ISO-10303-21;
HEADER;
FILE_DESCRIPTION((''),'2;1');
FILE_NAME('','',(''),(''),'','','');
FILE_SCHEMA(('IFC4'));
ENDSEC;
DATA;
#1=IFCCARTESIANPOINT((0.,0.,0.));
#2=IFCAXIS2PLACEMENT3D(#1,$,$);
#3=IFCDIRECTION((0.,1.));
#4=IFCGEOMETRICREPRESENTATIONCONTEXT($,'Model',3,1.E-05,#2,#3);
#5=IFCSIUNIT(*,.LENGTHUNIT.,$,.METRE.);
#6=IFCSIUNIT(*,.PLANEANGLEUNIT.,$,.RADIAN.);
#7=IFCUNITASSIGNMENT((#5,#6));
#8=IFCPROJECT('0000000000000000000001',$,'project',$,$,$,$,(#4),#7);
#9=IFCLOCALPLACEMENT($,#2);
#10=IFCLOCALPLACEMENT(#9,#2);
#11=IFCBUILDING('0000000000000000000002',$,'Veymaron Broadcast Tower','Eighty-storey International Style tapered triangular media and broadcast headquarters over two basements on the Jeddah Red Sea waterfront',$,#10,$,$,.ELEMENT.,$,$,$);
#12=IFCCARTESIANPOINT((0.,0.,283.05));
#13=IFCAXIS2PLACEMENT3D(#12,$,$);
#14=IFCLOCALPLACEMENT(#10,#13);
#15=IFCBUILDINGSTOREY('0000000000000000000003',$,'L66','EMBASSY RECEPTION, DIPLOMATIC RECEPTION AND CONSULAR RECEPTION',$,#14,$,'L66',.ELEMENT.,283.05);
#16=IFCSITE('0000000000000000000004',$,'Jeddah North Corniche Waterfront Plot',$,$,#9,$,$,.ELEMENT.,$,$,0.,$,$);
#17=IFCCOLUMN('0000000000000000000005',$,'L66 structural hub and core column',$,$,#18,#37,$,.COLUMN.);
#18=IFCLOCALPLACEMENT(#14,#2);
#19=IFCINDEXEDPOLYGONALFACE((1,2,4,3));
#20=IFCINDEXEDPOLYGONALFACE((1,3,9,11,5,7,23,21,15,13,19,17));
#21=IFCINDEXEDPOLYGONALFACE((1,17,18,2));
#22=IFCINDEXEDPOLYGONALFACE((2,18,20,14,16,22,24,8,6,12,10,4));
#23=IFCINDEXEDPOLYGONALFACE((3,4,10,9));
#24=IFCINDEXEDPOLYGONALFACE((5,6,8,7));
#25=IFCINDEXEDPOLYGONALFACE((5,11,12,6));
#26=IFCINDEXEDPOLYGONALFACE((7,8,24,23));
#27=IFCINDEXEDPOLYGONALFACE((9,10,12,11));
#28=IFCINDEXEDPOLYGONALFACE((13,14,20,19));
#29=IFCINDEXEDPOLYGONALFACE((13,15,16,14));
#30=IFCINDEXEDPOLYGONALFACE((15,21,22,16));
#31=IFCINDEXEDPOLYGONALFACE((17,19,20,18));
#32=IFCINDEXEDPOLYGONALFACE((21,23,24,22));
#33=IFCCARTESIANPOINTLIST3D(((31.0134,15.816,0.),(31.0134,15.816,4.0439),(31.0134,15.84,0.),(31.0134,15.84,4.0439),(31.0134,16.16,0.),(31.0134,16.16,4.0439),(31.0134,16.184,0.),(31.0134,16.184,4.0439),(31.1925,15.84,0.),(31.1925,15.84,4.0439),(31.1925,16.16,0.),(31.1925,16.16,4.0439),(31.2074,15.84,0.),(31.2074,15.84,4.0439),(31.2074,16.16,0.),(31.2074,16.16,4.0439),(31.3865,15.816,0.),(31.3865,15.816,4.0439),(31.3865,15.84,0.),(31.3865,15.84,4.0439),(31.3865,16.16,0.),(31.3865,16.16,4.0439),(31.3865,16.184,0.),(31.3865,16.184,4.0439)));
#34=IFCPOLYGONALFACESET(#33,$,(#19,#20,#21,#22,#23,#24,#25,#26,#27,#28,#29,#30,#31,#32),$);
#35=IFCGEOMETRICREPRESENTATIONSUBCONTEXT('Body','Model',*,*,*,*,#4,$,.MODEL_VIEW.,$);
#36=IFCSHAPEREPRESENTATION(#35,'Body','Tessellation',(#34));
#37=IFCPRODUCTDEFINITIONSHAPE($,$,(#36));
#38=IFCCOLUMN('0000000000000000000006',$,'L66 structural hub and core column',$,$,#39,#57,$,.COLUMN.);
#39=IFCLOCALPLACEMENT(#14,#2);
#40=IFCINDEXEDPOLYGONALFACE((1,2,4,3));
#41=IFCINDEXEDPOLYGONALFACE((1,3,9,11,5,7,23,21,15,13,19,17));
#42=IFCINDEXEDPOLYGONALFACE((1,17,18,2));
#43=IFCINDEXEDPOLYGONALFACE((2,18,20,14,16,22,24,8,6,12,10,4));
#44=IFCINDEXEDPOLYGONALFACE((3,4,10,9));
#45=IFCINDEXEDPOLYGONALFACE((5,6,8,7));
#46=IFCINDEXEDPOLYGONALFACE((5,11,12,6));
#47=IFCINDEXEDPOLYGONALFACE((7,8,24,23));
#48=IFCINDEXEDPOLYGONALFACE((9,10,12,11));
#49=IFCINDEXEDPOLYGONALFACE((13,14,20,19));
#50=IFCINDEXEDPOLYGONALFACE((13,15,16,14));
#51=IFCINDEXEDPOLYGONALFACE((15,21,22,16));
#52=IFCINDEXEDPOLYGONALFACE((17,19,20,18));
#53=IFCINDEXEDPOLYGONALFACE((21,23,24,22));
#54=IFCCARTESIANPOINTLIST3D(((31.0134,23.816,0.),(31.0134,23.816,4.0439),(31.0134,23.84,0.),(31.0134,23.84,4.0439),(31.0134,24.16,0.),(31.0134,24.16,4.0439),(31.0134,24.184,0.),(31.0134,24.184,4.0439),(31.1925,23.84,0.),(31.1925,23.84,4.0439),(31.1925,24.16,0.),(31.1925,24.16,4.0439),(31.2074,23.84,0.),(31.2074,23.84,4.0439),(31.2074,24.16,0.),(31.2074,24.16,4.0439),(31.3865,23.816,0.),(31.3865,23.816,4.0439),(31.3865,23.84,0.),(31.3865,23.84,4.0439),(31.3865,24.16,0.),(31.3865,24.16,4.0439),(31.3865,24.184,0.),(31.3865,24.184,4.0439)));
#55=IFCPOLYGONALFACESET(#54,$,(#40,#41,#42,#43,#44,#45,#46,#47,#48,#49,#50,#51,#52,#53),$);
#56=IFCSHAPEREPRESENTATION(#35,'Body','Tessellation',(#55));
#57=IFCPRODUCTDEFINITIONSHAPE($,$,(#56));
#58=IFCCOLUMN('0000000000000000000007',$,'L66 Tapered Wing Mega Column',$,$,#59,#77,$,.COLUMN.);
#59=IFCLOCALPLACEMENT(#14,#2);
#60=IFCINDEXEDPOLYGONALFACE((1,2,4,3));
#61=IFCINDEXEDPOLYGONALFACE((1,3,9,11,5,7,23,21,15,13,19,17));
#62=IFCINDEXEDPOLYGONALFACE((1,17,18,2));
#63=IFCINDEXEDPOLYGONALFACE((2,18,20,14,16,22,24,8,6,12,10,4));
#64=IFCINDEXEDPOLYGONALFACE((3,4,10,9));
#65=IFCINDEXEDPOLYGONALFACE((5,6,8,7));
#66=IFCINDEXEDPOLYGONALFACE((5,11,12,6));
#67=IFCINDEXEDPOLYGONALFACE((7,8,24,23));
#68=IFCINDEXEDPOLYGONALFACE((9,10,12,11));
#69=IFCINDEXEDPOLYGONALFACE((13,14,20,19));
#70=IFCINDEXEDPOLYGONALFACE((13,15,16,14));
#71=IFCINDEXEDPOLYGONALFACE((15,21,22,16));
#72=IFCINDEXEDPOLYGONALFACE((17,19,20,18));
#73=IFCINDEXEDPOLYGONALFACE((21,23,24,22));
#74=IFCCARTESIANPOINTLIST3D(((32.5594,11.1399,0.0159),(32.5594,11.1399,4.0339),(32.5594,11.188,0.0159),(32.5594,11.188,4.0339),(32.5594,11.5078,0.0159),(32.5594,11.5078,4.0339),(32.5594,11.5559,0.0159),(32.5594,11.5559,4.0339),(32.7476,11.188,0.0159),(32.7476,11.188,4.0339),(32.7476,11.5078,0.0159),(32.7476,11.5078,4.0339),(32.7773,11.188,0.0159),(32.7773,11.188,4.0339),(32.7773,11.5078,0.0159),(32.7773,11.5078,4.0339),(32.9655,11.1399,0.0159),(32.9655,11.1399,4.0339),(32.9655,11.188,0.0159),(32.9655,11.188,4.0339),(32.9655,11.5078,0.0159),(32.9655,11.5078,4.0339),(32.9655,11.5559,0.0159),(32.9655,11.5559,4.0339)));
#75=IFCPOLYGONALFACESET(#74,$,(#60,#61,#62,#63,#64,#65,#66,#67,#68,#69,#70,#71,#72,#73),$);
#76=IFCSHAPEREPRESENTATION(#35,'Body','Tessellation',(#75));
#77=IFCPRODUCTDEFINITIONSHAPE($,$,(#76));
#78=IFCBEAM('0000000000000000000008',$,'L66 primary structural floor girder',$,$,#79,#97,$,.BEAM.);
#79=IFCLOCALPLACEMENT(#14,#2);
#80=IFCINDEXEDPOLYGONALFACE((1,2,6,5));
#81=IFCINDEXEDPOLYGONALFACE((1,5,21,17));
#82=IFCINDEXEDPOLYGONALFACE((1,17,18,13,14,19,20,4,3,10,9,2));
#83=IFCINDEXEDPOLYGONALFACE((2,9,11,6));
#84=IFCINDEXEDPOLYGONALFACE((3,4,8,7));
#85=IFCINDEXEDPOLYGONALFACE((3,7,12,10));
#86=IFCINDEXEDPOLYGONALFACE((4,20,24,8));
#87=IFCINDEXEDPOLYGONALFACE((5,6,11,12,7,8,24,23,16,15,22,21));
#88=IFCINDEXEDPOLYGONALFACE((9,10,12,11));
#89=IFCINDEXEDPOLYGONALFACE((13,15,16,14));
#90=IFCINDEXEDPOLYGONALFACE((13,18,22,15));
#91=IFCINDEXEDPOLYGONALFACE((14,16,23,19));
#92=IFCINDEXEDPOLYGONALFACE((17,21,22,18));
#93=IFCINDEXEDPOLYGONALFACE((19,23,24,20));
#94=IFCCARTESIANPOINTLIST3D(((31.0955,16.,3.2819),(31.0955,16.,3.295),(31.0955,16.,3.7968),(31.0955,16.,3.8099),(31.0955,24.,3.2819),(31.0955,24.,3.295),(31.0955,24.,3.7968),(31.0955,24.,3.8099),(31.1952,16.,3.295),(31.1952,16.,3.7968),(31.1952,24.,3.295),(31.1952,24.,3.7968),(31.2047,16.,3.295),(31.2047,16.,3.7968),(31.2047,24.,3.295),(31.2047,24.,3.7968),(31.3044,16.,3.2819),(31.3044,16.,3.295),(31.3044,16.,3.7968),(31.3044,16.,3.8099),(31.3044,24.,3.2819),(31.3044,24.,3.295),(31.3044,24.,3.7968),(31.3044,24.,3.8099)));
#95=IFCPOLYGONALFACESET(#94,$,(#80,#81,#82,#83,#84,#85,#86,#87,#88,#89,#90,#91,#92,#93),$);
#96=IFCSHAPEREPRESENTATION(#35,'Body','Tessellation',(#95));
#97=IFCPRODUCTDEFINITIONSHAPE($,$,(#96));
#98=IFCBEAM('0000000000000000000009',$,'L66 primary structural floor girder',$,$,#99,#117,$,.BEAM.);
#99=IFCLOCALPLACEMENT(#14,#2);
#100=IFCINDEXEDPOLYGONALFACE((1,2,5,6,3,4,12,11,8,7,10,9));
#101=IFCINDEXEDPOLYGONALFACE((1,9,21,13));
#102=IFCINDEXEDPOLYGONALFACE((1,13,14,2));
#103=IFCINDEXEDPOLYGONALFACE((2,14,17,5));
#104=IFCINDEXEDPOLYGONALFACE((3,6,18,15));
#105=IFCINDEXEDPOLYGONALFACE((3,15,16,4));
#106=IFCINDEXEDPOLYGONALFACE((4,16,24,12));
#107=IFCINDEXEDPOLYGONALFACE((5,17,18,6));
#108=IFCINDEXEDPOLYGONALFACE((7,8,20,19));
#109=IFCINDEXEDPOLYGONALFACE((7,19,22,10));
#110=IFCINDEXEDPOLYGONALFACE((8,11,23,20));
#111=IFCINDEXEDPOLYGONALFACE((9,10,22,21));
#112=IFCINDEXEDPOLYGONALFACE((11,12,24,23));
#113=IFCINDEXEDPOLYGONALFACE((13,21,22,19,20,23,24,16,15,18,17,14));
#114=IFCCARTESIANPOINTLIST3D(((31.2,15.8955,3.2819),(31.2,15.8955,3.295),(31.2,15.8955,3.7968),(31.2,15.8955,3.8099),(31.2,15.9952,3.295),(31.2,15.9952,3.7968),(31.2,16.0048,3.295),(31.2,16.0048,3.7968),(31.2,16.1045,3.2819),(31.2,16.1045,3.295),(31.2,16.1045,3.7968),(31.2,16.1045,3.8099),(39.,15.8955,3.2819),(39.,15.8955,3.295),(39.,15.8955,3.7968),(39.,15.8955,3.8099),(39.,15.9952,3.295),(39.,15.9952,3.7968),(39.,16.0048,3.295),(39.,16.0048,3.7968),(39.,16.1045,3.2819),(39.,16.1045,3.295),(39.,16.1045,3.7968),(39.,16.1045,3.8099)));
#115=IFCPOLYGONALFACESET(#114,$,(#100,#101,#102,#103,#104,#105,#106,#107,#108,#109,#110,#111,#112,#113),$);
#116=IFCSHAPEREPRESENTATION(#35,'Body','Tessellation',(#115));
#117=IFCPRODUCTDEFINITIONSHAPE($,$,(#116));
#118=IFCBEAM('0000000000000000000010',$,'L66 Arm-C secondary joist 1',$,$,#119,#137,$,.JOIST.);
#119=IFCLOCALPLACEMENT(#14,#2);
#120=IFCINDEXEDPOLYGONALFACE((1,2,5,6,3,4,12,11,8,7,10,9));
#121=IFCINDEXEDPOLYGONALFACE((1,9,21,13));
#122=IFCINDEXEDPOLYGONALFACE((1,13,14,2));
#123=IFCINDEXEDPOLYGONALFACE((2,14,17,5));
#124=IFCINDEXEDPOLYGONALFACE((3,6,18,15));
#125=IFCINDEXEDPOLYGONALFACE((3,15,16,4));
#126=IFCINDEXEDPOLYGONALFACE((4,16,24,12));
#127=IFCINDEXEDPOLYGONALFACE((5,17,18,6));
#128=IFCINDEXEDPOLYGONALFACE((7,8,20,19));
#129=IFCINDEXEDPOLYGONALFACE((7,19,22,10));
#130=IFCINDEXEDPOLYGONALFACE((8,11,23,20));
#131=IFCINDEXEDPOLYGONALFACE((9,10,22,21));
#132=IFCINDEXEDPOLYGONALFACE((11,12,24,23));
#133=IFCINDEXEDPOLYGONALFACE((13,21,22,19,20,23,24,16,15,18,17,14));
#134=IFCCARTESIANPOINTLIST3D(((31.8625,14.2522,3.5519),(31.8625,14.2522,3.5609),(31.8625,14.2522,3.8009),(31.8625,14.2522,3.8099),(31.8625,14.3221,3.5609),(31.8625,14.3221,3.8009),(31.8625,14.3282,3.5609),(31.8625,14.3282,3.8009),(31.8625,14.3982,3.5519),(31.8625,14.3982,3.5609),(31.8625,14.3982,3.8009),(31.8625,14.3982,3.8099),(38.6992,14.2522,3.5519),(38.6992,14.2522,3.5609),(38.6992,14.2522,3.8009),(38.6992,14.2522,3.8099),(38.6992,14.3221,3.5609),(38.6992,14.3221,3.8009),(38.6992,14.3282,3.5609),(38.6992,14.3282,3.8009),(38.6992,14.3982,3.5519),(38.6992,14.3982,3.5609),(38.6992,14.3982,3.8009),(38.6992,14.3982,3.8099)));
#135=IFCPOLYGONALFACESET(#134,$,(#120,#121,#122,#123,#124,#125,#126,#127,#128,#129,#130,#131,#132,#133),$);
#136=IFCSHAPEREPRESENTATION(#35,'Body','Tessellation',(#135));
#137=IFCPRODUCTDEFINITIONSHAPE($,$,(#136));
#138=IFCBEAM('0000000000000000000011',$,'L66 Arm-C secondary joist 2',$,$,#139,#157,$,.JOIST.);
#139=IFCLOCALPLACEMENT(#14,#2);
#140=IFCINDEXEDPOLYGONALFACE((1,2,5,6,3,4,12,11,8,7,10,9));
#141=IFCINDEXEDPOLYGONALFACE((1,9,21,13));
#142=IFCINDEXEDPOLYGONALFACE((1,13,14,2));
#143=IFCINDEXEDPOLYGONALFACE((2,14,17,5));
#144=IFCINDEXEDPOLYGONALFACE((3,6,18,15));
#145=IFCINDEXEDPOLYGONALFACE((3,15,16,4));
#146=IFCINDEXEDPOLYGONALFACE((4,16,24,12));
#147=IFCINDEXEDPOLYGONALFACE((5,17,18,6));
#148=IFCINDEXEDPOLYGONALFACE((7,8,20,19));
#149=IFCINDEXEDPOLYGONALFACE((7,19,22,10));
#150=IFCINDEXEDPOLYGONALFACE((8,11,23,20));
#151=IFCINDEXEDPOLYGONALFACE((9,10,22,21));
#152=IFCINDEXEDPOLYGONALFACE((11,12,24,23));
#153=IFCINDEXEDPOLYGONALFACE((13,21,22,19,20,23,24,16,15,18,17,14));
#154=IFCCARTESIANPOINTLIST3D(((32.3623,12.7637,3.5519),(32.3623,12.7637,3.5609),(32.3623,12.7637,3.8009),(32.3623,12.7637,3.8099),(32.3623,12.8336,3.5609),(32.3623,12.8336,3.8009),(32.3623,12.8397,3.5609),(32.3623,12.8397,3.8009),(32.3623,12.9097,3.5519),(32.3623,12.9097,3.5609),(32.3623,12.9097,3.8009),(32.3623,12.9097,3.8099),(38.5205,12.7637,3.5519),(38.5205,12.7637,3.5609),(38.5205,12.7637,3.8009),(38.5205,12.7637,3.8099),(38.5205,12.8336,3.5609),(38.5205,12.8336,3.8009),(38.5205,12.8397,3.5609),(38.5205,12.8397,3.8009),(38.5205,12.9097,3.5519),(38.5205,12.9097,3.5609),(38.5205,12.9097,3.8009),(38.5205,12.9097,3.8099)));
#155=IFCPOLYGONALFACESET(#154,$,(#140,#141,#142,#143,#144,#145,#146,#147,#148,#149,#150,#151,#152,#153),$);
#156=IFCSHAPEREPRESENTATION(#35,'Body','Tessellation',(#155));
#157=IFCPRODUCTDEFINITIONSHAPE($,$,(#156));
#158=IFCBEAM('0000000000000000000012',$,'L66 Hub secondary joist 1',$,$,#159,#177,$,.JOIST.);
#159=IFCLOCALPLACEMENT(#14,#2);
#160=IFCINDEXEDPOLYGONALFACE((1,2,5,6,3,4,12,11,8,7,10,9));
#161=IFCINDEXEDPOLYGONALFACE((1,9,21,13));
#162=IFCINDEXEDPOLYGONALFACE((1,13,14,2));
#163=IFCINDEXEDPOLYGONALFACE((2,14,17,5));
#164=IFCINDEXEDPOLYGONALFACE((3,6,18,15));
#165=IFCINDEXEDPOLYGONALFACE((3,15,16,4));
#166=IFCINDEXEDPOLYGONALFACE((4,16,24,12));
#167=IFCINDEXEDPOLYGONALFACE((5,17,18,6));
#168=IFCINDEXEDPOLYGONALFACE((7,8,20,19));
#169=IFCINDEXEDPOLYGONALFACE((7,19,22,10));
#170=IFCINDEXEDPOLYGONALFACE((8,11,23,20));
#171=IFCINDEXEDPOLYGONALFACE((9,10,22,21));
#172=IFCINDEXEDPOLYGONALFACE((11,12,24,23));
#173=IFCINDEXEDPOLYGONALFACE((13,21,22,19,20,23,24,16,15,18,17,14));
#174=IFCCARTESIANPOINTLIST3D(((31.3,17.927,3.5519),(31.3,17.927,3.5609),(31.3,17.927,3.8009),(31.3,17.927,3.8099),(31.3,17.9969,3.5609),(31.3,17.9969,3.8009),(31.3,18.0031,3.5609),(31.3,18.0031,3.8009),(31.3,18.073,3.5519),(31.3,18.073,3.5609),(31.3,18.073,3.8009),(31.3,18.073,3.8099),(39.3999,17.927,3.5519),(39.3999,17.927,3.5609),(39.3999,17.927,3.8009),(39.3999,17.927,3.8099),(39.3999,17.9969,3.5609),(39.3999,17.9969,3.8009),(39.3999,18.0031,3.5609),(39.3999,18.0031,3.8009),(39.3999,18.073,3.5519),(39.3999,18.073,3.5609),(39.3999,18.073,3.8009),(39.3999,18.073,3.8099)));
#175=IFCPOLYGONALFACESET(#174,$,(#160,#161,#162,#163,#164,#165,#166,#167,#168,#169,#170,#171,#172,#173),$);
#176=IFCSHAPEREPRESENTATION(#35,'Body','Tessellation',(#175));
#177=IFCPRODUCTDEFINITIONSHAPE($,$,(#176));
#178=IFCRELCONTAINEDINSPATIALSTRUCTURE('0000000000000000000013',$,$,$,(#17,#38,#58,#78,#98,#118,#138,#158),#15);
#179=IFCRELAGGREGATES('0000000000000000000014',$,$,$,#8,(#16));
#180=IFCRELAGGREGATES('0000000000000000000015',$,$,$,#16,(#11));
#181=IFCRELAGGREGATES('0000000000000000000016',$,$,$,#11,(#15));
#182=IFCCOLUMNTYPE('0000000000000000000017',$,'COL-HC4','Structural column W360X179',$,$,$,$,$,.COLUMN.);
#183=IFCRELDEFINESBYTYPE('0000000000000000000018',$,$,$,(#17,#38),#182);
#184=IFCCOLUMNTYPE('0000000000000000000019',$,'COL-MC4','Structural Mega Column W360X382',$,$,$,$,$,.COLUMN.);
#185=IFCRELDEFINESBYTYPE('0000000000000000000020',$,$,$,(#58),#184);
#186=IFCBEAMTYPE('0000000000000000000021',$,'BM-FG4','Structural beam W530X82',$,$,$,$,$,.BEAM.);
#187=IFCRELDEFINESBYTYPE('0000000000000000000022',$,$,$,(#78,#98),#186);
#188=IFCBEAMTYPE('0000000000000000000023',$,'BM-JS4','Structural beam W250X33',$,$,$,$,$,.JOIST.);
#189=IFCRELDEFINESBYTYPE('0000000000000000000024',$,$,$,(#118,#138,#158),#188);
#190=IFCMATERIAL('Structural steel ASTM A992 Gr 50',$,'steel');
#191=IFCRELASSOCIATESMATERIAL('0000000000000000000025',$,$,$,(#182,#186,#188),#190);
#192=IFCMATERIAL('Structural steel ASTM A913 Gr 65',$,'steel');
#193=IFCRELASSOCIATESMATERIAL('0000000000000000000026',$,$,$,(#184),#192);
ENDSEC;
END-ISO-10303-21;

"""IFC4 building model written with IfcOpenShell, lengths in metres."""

from ifc_helpers import new_model, si_unit, direction, frame, origin, origin_2d, place, context, subcontext, project, spatial, i_section, extrude, material, material_profile, profile_set, type_object, element, save


model = new_model("IFC4")

# Units and contexts
model_context = context("Model", 3, precision=1e-05, world=origin(), true_north=direction((0.0, 1.0)))
body_context = subcontext(model_context, "Body", "Model", "MODEL_VIEW")
ifc_project = project(units=[si_unit("LENGTHUNIT", "METRE"), si_unit("PLANEANGLEUNIT", "RADIAN")], contexts=[model_context])

# Site, building, storey
site_placement = place(None, origin())
site = spatial("IfcSite", under=ifc_project, at=site_placement, Name="Jeddah North Corniche Waterfront Plot", CompositionType="ELEMENT", RefElevation=0.0)
building_placement = place(site_placement, origin())
building = spatial("IfcBuilding", under=site, at=building_placement, Name="Veymaron Broadcast Tower", Description="Eighty-storey International Style tapered triangular media and broadcast headquarters over two basements on the Jeddah Red Sea waterfront", CompositionType="ELEMENT")
storey_placement = place(building_placement, frame((0.0, 0.0, 283.05)))
storey = spatial("IfcBuildingStorey", under=building, at=storey_placement, Name="L66", Description="EMBASSY RECEPTION, DIPLOMATIC RECEPTION AND CONSULAR RECEPTION", LongName="L66", CompositionType="ELEMENT", Elevation=283.05)

# Columns
ifc_material_1 = material(Name="Structural steel ASTM A992 Gr 50", Category="steel")
ifc_material_profile_1 = material_profile(ifc_material_1, i_section(OverallWidth=0.373, OverallDepth=0.3679, WebThickness=0.0149, FlangeThickness=0.0239, at=origin_2d()), Name="W360X179")
ifc_profile_set_1 = profile_set([ifc_material_profile_1], Name="Structural steel ASTM A992 Gr 50")
column_type_1 = type_object("IfcColumnType", Name="COL-HC4", Description="Structural column W360X179", PredefinedType="COLUMN", material=ifc_profile_set_1)
for number, where, z_axis, x_axis, name in (
    (1, (31.2, 16.0, 0.0), (0.0, 0.0, 1.0), (1.0, 0.0, 0.0), "L66 structural hub and core column"),
    (2, (31.2, 24.0, 0.0), (0.0, 0.0, 1.0), (1.0, 0.0, 0.0), "L66 structural hub and core column"),
):
    element("IfcColumn", number, at=place(storey_placement, frame(where, z_axis=z_axis, x_axis=x_axis)), inside=storey, type_object=column_type_1, Name=name, PredefinedType="COLUMN", context=body_context, shape_type="SweptSolid", body=[
        extrude(i_section(OverallWidth=0.373, OverallDepth=0.3679, WebThickness=0.0149, FlangeThickness=0.0239, at=origin_2d()), origin(), (0.0, 0.0, 1.0), 4.0439),
    ])
ifc_material_2 = material(Name="Structural steel ASTM A913 Gr 65", Category="steel")
ifc_material_profile_2 = material_profile(ifc_material_2, i_section(OverallWidth=0.406, OverallDepth=0.416, WebThickness=0.0298, FlangeThickness=0.0481, at=origin_2d()), Name="W360X382")
ifc_profile_set_2 = profile_set([ifc_material_profile_2], Name="Structural steel ASTM A913 Gr 65")
column_type_2 = type_object("IfcColumnType", Name="COL-MC4", Description="Structural Mega Column W360X382", PredefinedType="COLUMN", material=ifc_profile_set_2)
column_placement = place(storey_placement, frame((32.7625, 11.3479, 0.0159), z_axis=(0.0, 0.0, 1.0), x_axis=(1.0, 0.0, 0.0)))
element("IfcColumn", 3, at=column_placement, inside=storey, type_object=column_type_2, Name="L66 Tapered Wing Mega Column", PredefinedType="COLUMN", context=body_context, shape_type="SweptSolid", body=[
    extrude(i_section(OverallWidth=0.406, OverallDepth=0.416, WebThickness=0.0298, FlangeThickness=0.0481, at=origin_2d()), origin(), (0.0, 0.0, 1.0), 4.0181),
])

# Beams
ifc_material_profile_3 = material_profile(ifc_material_1, i_section(OverallWidth=0.209, OverallDepth=0.5281, WebThickness=0.0095, FlangeThickness=0.0132, at=origin_2d()), Name="W530X82")
ifc_profile_set_3 = profile_set([ifc_material_profile_3], Name="Structural steel ASTM A992 Gr 50")
beam_type_1 = type_object("IfcBeamType", Name="BM-FG4", Description="Structural beam W530X82", PredefinedType="BEAM", material=ifc_profile_set_3)
beam_1_placement = place(storey_placement, frame((31.2, 16.0, 3.5459), z_axis=(0.0, 1.0, 0.0), x_axis=(-1.0, 0.0, 0.0)))
element("IfcBeam", 4, at=beam_1_placement, inside=storey, type_object=beam_type_1, Name="L66 primary structural floor girder", PredefinedType="BEAM", context=body_context, shape_type="SweptSolid", body=[
    extrude(i_section(OverallWidth=0.209, OverallDepth=0.5281, WebThickness=0.0095, FlangeThickness=0.0132, at=origin_2d()), origin(), (0.0, 0.0, 1.0), 8.0),
])
beam_2_placement = place(storey_placement, frame((31.2, 16.0, 3.5459), z_axis=(1.0, 0.0, 0.0), x_axis=(0.0, 1.0, 0.0)))
element("IfcBeam", 5, at=beam_2_placement, inside=storey, type_object=beam_type_1, Name="L66 primary structural floor girder", PredefinedType="BEAM", context=body_context, shape_type="SweptSolid", body=[
    extrude(i_section(OverallWidth=0.209, OverallDepth=0.5281, WebThickness=0.0095, FlangeThickness=0.0132, at=origin_2d()), origin(), (0.0, 0.0, 1.0), 7.8),
])
ifc_material_profile_4 = material_profile(ifc_material_1, i_section(OverallWidth=0.146, OverallDepth=0.2581, WebThickness=0.0061, FlangeThickness=0.009, at=origin_2d()), Name="W250X33")
ifc_profile_set_4 = profile_set([ifc_material_profile_4], Name="Structural steel ASTM A992 Gr 50")
beam_type_2 = type_object("IfcBeamType", Name="BM-JS4", Description="Structural beam W250X33", PredefinedType="JOIST", material=ifc_profile_set_4)
beam_3_placement = place(storey_placement, frame((31.8625, 14.3252, 3.6809), z_axis=(1.0, 0.0, 0.0), x_axis=(0.0, 1.0, 0.0)))
element("IfcBeam", 6, at=beam_3_placement, inside=storey, type_object=beam_type_2, Name="L66 Arm-C secondary joist 1", PredefinedType="JOIST", context=body_context, shape_type="SweptSolid", body=[
    extrude(i_section(OverallWidth=0.146, OverallDepth=0.2581, WebThickness=0.0061, FlangeThickness=0.009, at=origin_2d()), origin(), (0.0, 0.0, 1.0), 6.8367),
])
beam_4_placement = place(storey_placement, frame((32.3623, 12.8367, 3.6809), z_axis=(1.0, 0.0, 0.0), x_axis=(0.0, 1.0, 0.0)))
element("IfcBeam", 7, at=beam_4_placement, inside=storey, type_object=beam_type_2, Name="L66 Arm-C secondary joist 2", PredefinedType="JOIST", context=body_context, shape_type="SweptSolid", body=[
    extrude(i_section(OverallWidth=0.146, OverallDepth=0.2581, WebThickness=0.0061, FlangeThickness=0.009, at=origin_2d()), origin(), (0.0, 0.0, 1.0), 6.1582),
])
for number, where, z_axis, x_axis, name in (
    (8, (31.3, 18.0, 3.6809), (1.0, 0.0, 0.0), (0.0, 1.0, 0.0), "L66 Hub secondary joist 1"),
):
    element("IfcBeam", number, at=place(storey_placement, frame(where, z_axis=z_axis, x_axis=x_axis)), inside=storey, type_object=beam_type_2, Name=name, PredefinedType="JOIST", context=body_context, shape_type="SweptSolid", body=[
        extrude(i_section(OverallWidth=0.146, OverallDepth=0.2581, WebThickness=0.0061, FlangeThickness=0.009, at=origin_2d()), origin(), (0.0, 0.0, 1.0), 8.0999),
    ])

save(model, "model.ifc")
